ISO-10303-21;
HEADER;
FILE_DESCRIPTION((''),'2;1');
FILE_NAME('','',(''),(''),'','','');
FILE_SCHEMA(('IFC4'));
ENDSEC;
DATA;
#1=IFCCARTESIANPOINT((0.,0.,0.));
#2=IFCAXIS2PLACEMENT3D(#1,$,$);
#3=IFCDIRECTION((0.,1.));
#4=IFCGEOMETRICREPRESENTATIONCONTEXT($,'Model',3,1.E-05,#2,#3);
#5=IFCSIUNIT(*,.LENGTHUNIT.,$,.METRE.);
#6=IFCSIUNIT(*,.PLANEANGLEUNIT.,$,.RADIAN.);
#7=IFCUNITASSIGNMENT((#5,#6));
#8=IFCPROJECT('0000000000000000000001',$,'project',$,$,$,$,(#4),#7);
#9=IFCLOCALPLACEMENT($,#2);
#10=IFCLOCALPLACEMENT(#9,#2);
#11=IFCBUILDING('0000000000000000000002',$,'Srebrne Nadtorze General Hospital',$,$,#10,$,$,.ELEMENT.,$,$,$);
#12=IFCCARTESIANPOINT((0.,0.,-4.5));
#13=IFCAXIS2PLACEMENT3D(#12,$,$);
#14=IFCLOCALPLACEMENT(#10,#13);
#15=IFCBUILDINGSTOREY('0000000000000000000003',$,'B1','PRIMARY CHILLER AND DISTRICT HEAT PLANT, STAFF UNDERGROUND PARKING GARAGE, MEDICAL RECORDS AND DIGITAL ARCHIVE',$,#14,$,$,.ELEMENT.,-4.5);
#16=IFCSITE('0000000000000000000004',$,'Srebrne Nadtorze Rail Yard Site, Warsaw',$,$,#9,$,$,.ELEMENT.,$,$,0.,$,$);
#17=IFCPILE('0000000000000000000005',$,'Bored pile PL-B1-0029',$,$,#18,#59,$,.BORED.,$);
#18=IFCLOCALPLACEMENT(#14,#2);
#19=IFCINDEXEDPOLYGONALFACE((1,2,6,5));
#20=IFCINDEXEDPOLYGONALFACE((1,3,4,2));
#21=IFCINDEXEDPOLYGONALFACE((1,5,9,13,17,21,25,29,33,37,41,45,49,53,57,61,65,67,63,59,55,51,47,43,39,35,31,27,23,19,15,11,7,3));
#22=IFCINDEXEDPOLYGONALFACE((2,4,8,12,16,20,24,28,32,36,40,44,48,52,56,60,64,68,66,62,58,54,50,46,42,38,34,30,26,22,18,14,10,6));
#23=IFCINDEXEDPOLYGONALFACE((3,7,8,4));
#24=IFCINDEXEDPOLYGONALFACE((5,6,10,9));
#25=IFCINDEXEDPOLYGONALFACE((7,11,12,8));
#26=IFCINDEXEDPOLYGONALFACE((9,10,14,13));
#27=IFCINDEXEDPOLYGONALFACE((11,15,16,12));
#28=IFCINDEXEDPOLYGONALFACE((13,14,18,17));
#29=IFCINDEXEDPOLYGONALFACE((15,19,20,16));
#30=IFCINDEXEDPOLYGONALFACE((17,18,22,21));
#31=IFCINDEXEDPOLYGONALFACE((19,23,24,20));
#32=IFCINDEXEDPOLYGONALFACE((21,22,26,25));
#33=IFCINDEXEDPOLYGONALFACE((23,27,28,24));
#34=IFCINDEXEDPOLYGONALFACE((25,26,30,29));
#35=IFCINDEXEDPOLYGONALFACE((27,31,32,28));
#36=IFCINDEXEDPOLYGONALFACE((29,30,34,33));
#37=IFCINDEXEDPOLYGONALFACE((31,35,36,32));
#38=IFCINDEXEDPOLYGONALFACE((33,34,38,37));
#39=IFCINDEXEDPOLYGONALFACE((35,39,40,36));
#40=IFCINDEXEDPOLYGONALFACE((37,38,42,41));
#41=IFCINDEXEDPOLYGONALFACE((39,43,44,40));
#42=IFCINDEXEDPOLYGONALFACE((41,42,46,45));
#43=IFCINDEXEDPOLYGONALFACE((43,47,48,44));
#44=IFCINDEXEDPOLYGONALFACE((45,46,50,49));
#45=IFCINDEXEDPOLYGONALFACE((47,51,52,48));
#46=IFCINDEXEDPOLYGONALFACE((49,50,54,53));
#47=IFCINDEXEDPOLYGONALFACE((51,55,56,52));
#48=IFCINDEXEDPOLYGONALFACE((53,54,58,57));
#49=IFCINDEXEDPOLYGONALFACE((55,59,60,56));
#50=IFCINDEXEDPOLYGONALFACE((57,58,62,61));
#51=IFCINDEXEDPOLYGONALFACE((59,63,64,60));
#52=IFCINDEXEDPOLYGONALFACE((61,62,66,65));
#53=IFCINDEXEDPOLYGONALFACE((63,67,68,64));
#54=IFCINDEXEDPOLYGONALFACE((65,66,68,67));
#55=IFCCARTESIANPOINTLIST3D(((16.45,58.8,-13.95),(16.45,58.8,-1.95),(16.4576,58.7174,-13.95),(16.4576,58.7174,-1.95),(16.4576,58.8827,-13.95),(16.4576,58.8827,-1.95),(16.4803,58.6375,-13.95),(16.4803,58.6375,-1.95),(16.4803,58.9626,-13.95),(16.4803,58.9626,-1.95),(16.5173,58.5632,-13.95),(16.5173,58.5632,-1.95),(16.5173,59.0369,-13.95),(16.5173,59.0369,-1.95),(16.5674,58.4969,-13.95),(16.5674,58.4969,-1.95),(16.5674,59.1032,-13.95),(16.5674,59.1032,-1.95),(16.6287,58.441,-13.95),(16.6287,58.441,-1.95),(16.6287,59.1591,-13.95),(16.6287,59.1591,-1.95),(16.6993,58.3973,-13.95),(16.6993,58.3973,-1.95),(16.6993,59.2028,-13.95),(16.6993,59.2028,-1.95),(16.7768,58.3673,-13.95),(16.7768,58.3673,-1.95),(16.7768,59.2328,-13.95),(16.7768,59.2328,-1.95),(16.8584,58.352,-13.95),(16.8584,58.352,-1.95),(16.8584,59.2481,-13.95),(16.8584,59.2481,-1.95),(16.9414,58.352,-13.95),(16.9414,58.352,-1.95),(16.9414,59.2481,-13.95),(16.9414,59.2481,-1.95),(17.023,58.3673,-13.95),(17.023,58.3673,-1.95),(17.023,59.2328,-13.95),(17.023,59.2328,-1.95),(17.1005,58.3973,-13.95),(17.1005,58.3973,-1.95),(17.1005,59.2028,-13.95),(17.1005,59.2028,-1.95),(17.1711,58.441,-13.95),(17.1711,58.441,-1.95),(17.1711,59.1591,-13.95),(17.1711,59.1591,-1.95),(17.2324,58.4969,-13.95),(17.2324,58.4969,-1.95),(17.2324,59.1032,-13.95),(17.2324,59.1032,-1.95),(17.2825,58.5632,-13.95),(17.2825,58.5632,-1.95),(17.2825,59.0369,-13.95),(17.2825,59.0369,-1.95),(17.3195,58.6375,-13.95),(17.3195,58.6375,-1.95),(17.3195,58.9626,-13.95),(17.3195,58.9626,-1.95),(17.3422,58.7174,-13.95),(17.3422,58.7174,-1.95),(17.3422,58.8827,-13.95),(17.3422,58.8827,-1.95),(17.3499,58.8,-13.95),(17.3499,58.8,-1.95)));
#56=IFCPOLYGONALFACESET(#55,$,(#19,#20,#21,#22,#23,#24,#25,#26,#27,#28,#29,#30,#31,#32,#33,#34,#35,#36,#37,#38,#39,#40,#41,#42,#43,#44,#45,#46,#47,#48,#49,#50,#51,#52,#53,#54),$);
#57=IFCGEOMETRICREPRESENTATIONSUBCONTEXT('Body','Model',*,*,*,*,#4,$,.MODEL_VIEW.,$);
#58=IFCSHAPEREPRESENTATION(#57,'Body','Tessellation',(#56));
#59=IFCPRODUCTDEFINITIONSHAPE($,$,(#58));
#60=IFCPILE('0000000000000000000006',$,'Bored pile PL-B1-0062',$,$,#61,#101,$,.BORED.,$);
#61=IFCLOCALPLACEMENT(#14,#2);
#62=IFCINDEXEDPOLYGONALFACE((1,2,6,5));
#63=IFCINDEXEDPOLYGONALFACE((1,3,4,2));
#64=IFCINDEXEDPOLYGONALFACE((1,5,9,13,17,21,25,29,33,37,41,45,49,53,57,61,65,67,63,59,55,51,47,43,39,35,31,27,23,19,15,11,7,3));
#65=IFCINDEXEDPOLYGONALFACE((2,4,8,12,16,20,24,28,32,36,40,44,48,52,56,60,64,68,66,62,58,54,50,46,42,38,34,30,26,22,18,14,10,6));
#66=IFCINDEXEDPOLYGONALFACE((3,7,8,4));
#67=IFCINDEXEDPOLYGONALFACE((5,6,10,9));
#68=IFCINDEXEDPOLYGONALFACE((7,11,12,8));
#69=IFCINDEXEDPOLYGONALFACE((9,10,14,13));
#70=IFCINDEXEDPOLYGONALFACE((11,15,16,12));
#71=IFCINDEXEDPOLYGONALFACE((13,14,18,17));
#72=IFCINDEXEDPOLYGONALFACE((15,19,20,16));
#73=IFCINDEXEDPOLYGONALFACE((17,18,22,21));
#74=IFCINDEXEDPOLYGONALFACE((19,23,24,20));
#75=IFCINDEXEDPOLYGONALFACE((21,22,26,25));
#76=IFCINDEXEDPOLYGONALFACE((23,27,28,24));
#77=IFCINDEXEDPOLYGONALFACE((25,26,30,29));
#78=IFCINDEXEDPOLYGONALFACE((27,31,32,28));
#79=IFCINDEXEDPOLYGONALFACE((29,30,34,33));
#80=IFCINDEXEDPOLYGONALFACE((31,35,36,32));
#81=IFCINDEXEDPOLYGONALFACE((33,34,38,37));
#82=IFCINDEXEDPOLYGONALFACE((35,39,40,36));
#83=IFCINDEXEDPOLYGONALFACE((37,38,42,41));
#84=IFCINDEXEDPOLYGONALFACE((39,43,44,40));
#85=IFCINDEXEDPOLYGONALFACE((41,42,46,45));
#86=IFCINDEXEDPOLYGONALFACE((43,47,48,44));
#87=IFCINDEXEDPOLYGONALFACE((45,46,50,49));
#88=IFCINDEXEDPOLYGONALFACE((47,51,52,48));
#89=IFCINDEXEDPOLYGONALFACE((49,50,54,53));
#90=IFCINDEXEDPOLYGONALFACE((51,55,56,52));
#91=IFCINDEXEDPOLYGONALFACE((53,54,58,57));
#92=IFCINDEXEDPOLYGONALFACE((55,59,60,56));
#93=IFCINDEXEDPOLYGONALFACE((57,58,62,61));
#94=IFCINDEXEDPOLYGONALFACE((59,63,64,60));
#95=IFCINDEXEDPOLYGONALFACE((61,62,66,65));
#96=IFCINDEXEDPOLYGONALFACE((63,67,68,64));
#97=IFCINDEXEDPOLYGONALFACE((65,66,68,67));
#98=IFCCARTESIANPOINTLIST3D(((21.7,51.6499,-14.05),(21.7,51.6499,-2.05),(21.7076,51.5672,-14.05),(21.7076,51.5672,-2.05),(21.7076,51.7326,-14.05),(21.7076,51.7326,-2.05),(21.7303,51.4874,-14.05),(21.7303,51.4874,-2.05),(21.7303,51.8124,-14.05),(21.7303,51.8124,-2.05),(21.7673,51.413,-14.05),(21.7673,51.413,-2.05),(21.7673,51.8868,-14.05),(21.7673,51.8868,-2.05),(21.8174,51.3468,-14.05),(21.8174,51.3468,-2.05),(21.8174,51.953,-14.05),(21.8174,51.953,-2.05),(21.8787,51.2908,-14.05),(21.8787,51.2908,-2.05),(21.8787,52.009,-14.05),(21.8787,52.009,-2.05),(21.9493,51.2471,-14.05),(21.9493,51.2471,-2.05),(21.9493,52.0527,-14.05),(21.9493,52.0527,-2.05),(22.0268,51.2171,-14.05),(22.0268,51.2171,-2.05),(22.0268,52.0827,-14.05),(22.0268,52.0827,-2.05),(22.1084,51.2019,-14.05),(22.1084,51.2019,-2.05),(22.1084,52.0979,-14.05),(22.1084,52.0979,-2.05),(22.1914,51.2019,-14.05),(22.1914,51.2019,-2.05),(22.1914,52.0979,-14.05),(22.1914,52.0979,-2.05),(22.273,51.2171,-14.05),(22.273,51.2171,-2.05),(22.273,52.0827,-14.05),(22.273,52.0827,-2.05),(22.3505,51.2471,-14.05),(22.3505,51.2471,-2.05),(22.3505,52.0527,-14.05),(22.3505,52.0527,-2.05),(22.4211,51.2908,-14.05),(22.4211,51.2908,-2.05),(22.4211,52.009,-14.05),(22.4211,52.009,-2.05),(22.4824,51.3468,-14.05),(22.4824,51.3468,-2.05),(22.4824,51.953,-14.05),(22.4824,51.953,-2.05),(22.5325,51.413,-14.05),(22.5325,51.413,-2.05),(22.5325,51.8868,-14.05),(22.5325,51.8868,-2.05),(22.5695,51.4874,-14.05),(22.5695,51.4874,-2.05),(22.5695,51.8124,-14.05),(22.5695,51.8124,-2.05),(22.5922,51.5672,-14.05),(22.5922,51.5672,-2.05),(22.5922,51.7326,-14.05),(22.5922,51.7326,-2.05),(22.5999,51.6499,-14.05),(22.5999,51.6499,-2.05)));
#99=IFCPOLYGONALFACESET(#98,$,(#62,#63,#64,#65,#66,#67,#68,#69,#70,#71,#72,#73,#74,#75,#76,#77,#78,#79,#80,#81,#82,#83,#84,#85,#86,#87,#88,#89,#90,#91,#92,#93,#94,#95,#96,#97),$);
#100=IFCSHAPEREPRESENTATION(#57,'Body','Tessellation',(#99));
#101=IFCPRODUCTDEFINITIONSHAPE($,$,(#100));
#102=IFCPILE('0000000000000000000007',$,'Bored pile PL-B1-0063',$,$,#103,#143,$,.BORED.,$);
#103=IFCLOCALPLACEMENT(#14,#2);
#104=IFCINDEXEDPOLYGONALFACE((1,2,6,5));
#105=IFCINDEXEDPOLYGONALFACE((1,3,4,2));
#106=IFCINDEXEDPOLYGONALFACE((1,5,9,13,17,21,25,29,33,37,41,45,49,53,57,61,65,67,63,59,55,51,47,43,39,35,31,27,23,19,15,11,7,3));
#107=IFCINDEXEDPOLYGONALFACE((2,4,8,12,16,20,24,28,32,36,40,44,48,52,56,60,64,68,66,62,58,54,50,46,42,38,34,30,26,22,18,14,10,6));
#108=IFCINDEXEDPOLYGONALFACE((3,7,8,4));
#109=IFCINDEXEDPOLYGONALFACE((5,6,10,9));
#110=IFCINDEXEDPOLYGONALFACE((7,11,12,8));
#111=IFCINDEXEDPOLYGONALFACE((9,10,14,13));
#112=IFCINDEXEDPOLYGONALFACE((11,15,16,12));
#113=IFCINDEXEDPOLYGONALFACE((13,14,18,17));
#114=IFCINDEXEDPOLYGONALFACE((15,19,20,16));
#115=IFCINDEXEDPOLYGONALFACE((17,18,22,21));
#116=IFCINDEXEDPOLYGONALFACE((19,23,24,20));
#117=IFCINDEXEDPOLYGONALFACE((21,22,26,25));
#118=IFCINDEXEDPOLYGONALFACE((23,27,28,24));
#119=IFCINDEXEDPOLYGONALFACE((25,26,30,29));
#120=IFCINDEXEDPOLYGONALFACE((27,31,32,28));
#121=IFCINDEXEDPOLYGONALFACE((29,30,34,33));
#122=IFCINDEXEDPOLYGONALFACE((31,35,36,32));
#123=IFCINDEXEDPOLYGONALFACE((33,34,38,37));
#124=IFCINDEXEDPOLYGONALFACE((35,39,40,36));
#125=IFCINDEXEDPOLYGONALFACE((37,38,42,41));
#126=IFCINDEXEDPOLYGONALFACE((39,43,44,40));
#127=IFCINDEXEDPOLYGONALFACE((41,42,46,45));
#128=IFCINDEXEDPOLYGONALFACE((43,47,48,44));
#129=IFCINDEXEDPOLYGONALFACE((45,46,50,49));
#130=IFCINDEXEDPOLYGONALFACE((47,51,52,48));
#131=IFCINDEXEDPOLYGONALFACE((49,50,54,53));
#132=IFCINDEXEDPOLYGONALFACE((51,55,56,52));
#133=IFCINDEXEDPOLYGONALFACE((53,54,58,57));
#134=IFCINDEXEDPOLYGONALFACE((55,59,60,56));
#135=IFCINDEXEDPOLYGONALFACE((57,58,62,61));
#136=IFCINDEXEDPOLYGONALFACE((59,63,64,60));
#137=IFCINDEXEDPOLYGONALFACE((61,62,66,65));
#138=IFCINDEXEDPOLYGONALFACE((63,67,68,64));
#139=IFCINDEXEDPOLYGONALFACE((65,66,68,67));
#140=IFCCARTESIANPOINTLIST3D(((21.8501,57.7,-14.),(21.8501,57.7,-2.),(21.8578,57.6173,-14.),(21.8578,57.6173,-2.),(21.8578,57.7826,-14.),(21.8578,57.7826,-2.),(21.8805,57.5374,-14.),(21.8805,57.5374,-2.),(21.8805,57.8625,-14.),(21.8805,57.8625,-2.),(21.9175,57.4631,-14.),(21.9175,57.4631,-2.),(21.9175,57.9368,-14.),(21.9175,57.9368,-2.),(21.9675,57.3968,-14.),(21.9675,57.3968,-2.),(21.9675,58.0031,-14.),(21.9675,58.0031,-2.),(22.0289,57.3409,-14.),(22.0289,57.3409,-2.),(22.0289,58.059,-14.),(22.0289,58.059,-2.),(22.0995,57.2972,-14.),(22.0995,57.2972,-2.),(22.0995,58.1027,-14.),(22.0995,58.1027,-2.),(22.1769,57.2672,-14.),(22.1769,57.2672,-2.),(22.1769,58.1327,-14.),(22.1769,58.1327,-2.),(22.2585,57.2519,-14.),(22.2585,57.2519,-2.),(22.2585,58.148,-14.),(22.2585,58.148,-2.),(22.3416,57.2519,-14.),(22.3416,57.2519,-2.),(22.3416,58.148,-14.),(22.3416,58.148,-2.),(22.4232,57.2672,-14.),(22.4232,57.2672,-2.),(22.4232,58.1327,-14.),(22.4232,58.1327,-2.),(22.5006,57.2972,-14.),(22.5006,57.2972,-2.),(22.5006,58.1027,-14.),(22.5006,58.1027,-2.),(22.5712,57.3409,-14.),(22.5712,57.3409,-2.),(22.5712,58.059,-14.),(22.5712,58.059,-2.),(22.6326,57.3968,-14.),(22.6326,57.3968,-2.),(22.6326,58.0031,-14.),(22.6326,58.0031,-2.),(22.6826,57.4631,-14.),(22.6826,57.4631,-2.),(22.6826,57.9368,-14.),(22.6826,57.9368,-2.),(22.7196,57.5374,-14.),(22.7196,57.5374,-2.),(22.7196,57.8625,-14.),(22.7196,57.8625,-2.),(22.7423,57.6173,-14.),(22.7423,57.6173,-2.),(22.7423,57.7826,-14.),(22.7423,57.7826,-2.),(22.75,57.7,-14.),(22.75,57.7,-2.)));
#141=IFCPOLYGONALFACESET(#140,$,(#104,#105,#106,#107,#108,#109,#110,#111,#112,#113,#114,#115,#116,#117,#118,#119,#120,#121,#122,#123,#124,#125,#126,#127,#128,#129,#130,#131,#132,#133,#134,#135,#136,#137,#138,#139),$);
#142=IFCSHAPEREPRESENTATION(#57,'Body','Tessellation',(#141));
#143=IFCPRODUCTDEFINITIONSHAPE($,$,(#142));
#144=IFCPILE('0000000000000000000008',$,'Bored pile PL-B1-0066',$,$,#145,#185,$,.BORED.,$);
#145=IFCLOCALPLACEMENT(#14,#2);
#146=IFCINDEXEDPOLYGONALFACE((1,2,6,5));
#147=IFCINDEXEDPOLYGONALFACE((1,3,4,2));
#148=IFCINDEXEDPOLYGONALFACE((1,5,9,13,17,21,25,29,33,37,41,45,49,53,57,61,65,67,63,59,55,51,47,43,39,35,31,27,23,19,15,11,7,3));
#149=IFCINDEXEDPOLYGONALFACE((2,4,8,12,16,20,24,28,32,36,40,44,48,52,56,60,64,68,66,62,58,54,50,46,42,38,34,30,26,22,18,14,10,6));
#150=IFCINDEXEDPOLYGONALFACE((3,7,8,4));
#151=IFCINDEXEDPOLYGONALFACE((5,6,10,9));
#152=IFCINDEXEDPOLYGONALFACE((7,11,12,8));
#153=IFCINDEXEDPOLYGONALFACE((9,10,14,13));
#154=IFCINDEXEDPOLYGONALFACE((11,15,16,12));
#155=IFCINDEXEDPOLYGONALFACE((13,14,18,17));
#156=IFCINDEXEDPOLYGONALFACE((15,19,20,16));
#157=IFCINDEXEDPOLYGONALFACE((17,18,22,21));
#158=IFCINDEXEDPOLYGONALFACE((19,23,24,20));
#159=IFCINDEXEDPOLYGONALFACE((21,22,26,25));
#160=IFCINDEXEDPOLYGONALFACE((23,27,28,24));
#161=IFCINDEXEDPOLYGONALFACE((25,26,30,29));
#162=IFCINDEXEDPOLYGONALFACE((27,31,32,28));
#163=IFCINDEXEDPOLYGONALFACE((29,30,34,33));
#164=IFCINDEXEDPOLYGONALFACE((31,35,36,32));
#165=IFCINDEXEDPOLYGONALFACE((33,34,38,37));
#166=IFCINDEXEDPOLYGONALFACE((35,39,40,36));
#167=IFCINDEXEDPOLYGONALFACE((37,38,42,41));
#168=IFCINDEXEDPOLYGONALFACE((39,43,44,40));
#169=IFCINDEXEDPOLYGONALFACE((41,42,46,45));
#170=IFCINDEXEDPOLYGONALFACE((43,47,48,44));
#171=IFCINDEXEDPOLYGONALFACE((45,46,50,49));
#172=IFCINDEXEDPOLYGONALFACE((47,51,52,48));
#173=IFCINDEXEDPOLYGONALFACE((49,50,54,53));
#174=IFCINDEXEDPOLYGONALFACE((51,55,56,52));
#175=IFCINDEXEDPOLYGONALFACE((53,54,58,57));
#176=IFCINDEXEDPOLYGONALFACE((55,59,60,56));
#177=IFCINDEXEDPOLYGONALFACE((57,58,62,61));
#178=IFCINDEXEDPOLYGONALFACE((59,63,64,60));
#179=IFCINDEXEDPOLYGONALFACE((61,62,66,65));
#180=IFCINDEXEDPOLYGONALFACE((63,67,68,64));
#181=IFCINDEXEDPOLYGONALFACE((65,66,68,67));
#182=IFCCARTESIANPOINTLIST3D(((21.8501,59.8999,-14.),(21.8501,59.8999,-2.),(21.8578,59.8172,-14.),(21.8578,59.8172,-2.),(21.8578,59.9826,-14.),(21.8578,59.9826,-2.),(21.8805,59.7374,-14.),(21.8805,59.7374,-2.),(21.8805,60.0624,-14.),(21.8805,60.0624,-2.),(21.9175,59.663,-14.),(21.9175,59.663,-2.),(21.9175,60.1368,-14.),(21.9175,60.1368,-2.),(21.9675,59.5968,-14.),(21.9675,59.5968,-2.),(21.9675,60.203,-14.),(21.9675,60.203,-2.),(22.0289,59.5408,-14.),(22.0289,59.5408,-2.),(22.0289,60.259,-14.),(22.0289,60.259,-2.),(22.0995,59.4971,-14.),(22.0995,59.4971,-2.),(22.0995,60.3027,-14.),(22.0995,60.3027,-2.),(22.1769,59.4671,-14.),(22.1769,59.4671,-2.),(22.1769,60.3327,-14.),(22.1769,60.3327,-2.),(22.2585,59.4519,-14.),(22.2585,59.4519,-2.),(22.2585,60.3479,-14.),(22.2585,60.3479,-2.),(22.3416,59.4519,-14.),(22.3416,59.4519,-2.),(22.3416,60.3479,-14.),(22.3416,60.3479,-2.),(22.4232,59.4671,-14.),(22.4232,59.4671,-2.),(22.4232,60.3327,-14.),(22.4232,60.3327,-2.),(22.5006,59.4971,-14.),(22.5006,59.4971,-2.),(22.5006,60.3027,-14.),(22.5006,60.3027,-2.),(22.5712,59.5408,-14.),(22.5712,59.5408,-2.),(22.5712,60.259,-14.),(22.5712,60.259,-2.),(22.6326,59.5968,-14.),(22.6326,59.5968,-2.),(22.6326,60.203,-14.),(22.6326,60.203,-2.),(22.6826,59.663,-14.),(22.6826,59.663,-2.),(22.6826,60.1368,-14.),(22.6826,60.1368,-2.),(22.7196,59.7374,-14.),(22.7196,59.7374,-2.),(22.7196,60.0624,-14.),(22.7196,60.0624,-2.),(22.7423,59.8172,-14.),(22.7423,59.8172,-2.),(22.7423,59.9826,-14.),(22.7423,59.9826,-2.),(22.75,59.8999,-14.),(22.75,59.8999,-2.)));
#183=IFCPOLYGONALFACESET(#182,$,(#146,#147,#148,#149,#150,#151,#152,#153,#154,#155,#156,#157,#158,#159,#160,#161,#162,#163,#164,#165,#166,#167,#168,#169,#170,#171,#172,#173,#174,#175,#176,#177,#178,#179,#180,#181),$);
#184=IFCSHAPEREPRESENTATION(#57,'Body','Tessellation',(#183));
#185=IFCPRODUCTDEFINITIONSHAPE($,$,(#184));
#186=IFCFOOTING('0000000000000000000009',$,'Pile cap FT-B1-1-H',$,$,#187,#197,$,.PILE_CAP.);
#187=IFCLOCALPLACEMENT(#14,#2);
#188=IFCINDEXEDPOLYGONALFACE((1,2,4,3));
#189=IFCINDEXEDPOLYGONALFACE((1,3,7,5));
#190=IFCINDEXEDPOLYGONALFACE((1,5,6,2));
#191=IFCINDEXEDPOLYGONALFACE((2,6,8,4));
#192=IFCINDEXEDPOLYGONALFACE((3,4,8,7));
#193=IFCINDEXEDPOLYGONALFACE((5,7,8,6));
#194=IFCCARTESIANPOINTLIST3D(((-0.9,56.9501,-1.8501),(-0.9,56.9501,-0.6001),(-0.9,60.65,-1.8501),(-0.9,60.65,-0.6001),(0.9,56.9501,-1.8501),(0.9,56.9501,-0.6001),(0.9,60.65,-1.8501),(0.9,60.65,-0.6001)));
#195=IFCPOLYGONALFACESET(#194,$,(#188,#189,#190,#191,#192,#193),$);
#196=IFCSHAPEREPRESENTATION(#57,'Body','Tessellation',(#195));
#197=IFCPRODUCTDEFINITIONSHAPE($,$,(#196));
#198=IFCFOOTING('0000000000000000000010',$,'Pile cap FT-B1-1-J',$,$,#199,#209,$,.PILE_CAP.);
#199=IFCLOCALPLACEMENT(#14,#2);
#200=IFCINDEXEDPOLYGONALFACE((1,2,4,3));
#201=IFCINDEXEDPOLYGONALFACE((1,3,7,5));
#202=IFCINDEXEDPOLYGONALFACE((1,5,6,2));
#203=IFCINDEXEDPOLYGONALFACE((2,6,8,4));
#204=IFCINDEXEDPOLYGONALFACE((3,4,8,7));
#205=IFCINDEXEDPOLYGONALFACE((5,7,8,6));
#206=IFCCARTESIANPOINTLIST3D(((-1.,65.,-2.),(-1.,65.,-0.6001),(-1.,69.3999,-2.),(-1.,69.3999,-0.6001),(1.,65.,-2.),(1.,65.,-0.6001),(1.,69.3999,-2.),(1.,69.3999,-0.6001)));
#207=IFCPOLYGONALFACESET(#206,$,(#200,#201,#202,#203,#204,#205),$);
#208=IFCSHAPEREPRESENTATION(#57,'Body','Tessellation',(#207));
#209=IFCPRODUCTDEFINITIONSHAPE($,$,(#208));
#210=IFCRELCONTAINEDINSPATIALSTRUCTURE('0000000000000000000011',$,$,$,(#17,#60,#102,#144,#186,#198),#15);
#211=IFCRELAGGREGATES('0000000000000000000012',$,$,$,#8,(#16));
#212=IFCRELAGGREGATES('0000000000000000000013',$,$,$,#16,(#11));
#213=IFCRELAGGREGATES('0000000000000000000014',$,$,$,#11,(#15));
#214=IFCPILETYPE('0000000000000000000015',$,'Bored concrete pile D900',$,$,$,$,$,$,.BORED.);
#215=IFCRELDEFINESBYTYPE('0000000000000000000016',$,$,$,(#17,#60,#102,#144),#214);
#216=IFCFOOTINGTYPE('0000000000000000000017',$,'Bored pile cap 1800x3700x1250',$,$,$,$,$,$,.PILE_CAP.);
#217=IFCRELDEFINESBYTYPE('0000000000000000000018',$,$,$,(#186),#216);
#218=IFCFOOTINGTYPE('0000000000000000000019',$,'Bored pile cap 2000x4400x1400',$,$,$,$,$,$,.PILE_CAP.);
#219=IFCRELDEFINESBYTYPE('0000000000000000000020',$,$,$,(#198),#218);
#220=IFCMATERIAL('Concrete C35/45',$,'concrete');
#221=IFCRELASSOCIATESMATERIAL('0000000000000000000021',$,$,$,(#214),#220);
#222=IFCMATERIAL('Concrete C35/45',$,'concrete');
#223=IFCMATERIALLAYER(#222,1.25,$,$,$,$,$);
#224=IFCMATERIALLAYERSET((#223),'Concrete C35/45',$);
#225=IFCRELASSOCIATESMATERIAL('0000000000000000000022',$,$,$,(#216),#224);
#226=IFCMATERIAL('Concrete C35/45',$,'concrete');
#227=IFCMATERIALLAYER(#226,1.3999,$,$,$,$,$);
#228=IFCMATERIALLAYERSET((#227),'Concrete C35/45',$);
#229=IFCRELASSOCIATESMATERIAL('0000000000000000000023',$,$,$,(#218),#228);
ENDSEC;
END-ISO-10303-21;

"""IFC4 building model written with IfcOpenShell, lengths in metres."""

from ifc_helpers import new_model, si_unit, direction, frame, origin, origin_2d, place, context, subcontext, project, spatial, rectangle, circle, extrude, material, layer, layer_set, material_profile, profile_set, type_object, element, save


model = new_model("IFC4")

# Units and contexts
model_context = context("Model", 3, precision=1e-05, world=origin(), true_north=direction((0.0, 1.0)))
body_context = subcontext(model_context, "Body", "Model", "MODEL_VIEW")
ifc_project = project(units=[si_unit("LENGTHUNIT", "METRE"), si_unit("PLANEANGLEUNIT", "RADIAN")], contexts=[model_context])

# Site, building, storey
site_placement = place(None, origin())
site = spatial("IfcSite", under=ifc_project, at=site_placement, Name="Srebrne Nadtorze Rail Yard Site, Warsaw", CompositionType="ELEMENT", RefElevation=0.0)
building_placement = place(site_placement, origin())
building = spatial("IfcBuilding", under=site, at=building_placement, Name="Srebrne Nadtorze General Hospital", CompositionType="ELEMENT")
storey_placement = place(building_placement, frame((0.0, 0.0, -4.5)))
storey = spatial("IfcBuildingStorey", under=building, at=storey_placement, Name="B1", Description="PRIMARY CHILLER AND DISTRICT HEAT PLANT, STAFF UNDERGROUND PARKING GARAGE, MEDICAL RECORDS AND DIGITAL ARCHIVE", CompositionType="ELEMENT", Elevation=-4.5)

# Piles
ifc_material_1 = material(Name="Concrete C35/45", Category="concrete")
ifc_material_profile_1 = material_profile(ifc_material_1, circle(Radius=0.45, at=origin_2d()), Name="PILE-D900")
ifc_profile_set_1 = profile_set([ifc_material_profile_1], Name="Concrete C35/45")
pile_type_1 = type_object("IfcPileType", Name="Bored concrete pile D900", PredefinedType="BORED", material=ifc_profile_set_1)
for number, where, z_axis, x_axis, name in (
    (1, (16.8999, 58.8, -1.95), (0.0, 0.0, -1.0), (1.0, 0.0, 0.0), "Bored pile PL-B1-0029"),
    (2, (22.1499, 51.6499, -2.05), (0.0, 0.0, -1.0), (1.0, 0.0, 0.0), "Bored pile PL-B1-0062"),
    (3, (22.3, 57.7, -2.0), (0.0, 0.0, -1.0), (1.0, 0.0, 0.0), "Bored pile PL-B1-0063"),
    (4, (22.3, 59.8999, -2.0), (0.0, 0.0, -1.0), (1.0, 0.0, 0.0), "Bored pile PL-B1-0066"),
):
    element("IfcPile", number, at=place(storey_placement, frame(where, z_axis=z_axis, x_axis=x_axis)), inside=storey, type_object=pile_type_1, Name=name, PredefinedType="BORED", context=body_context, shape_type="SweptSolid", body=[
        extrude(circle(Radius=0.45, at=origin_2d()), origin(), (0.0, 0.0, 1.0), 12.0),
    ])

# Footings
ifc_material_2 = material(Name="Concrete C35/45", Category="concrete")
ifc_layer_1 = layer(ifc_material_2, 1.25)
ifc_layer_set_1 = layer_set([ifc_layer_1], Name="Concrete C35/45")
footing_type_1 = type_object("IfcFootingType", Name="Bored pile cap 1800x3700x1250", PredefinedType="PILE_CAP", material=ifc_layer_set_1)
footing_1_placement = place(storey_placement, frame((0.0, 58.8, -1.8501), z_axis=(0.0, 0.0, 1.0), x_axis=(1.0, 0.0, 0.0)))
element("IfcFooting", 5, at=footing_1_placement, inside=storey, type_object=footing_type_1, Name="Pile cap FT-B1-1-H", PredefinedType="PILE_CAP", context=body_context, shape_type="SweptSolid", body=[
    extrude(rectangle(XDim=1.8, YDim=3.7, at=origin_2d()), origin(), (0.0, 0.0, 1.0), 1.25),
])
ifc_material_3 = material(Name="Concrete C35/45", Category="concrete")
ifc_layer_2 = layer(ifc_material_3, 1.3999)
ifc_layer_set_2 = layer_set([ifc_layer_2], Name="Concrete C35/45")
footing_type_2 = type_object("IfcFootingType", Name="Bored pile cap 2000x4400x1400", PredefinedType="PILE_CAP", material=ifc_layer_set_2)
footing_2_placement = place(storey_placement, frame((0.0, 67.2, -2.0), z_axis=(0.0, 0.0, 1.0), x_axis=(1.0, 0.0, 0.0)))
element("IfcFooting", 6, at=footing_2_placement, inside=storey, type_object=footing_type_2, Name="Pile cap FT-B1-1-J", PredefinedType="PILE_CAP", context=body_context, shape_type="SweptSolid", body=[
    extrude(rectangle(XDim=2.0, YDim=4.3999, at=origin_2d()), origin(), (0.0, 0.0, 1.0), 1.3999),
])

save(model, "model.ifc")
